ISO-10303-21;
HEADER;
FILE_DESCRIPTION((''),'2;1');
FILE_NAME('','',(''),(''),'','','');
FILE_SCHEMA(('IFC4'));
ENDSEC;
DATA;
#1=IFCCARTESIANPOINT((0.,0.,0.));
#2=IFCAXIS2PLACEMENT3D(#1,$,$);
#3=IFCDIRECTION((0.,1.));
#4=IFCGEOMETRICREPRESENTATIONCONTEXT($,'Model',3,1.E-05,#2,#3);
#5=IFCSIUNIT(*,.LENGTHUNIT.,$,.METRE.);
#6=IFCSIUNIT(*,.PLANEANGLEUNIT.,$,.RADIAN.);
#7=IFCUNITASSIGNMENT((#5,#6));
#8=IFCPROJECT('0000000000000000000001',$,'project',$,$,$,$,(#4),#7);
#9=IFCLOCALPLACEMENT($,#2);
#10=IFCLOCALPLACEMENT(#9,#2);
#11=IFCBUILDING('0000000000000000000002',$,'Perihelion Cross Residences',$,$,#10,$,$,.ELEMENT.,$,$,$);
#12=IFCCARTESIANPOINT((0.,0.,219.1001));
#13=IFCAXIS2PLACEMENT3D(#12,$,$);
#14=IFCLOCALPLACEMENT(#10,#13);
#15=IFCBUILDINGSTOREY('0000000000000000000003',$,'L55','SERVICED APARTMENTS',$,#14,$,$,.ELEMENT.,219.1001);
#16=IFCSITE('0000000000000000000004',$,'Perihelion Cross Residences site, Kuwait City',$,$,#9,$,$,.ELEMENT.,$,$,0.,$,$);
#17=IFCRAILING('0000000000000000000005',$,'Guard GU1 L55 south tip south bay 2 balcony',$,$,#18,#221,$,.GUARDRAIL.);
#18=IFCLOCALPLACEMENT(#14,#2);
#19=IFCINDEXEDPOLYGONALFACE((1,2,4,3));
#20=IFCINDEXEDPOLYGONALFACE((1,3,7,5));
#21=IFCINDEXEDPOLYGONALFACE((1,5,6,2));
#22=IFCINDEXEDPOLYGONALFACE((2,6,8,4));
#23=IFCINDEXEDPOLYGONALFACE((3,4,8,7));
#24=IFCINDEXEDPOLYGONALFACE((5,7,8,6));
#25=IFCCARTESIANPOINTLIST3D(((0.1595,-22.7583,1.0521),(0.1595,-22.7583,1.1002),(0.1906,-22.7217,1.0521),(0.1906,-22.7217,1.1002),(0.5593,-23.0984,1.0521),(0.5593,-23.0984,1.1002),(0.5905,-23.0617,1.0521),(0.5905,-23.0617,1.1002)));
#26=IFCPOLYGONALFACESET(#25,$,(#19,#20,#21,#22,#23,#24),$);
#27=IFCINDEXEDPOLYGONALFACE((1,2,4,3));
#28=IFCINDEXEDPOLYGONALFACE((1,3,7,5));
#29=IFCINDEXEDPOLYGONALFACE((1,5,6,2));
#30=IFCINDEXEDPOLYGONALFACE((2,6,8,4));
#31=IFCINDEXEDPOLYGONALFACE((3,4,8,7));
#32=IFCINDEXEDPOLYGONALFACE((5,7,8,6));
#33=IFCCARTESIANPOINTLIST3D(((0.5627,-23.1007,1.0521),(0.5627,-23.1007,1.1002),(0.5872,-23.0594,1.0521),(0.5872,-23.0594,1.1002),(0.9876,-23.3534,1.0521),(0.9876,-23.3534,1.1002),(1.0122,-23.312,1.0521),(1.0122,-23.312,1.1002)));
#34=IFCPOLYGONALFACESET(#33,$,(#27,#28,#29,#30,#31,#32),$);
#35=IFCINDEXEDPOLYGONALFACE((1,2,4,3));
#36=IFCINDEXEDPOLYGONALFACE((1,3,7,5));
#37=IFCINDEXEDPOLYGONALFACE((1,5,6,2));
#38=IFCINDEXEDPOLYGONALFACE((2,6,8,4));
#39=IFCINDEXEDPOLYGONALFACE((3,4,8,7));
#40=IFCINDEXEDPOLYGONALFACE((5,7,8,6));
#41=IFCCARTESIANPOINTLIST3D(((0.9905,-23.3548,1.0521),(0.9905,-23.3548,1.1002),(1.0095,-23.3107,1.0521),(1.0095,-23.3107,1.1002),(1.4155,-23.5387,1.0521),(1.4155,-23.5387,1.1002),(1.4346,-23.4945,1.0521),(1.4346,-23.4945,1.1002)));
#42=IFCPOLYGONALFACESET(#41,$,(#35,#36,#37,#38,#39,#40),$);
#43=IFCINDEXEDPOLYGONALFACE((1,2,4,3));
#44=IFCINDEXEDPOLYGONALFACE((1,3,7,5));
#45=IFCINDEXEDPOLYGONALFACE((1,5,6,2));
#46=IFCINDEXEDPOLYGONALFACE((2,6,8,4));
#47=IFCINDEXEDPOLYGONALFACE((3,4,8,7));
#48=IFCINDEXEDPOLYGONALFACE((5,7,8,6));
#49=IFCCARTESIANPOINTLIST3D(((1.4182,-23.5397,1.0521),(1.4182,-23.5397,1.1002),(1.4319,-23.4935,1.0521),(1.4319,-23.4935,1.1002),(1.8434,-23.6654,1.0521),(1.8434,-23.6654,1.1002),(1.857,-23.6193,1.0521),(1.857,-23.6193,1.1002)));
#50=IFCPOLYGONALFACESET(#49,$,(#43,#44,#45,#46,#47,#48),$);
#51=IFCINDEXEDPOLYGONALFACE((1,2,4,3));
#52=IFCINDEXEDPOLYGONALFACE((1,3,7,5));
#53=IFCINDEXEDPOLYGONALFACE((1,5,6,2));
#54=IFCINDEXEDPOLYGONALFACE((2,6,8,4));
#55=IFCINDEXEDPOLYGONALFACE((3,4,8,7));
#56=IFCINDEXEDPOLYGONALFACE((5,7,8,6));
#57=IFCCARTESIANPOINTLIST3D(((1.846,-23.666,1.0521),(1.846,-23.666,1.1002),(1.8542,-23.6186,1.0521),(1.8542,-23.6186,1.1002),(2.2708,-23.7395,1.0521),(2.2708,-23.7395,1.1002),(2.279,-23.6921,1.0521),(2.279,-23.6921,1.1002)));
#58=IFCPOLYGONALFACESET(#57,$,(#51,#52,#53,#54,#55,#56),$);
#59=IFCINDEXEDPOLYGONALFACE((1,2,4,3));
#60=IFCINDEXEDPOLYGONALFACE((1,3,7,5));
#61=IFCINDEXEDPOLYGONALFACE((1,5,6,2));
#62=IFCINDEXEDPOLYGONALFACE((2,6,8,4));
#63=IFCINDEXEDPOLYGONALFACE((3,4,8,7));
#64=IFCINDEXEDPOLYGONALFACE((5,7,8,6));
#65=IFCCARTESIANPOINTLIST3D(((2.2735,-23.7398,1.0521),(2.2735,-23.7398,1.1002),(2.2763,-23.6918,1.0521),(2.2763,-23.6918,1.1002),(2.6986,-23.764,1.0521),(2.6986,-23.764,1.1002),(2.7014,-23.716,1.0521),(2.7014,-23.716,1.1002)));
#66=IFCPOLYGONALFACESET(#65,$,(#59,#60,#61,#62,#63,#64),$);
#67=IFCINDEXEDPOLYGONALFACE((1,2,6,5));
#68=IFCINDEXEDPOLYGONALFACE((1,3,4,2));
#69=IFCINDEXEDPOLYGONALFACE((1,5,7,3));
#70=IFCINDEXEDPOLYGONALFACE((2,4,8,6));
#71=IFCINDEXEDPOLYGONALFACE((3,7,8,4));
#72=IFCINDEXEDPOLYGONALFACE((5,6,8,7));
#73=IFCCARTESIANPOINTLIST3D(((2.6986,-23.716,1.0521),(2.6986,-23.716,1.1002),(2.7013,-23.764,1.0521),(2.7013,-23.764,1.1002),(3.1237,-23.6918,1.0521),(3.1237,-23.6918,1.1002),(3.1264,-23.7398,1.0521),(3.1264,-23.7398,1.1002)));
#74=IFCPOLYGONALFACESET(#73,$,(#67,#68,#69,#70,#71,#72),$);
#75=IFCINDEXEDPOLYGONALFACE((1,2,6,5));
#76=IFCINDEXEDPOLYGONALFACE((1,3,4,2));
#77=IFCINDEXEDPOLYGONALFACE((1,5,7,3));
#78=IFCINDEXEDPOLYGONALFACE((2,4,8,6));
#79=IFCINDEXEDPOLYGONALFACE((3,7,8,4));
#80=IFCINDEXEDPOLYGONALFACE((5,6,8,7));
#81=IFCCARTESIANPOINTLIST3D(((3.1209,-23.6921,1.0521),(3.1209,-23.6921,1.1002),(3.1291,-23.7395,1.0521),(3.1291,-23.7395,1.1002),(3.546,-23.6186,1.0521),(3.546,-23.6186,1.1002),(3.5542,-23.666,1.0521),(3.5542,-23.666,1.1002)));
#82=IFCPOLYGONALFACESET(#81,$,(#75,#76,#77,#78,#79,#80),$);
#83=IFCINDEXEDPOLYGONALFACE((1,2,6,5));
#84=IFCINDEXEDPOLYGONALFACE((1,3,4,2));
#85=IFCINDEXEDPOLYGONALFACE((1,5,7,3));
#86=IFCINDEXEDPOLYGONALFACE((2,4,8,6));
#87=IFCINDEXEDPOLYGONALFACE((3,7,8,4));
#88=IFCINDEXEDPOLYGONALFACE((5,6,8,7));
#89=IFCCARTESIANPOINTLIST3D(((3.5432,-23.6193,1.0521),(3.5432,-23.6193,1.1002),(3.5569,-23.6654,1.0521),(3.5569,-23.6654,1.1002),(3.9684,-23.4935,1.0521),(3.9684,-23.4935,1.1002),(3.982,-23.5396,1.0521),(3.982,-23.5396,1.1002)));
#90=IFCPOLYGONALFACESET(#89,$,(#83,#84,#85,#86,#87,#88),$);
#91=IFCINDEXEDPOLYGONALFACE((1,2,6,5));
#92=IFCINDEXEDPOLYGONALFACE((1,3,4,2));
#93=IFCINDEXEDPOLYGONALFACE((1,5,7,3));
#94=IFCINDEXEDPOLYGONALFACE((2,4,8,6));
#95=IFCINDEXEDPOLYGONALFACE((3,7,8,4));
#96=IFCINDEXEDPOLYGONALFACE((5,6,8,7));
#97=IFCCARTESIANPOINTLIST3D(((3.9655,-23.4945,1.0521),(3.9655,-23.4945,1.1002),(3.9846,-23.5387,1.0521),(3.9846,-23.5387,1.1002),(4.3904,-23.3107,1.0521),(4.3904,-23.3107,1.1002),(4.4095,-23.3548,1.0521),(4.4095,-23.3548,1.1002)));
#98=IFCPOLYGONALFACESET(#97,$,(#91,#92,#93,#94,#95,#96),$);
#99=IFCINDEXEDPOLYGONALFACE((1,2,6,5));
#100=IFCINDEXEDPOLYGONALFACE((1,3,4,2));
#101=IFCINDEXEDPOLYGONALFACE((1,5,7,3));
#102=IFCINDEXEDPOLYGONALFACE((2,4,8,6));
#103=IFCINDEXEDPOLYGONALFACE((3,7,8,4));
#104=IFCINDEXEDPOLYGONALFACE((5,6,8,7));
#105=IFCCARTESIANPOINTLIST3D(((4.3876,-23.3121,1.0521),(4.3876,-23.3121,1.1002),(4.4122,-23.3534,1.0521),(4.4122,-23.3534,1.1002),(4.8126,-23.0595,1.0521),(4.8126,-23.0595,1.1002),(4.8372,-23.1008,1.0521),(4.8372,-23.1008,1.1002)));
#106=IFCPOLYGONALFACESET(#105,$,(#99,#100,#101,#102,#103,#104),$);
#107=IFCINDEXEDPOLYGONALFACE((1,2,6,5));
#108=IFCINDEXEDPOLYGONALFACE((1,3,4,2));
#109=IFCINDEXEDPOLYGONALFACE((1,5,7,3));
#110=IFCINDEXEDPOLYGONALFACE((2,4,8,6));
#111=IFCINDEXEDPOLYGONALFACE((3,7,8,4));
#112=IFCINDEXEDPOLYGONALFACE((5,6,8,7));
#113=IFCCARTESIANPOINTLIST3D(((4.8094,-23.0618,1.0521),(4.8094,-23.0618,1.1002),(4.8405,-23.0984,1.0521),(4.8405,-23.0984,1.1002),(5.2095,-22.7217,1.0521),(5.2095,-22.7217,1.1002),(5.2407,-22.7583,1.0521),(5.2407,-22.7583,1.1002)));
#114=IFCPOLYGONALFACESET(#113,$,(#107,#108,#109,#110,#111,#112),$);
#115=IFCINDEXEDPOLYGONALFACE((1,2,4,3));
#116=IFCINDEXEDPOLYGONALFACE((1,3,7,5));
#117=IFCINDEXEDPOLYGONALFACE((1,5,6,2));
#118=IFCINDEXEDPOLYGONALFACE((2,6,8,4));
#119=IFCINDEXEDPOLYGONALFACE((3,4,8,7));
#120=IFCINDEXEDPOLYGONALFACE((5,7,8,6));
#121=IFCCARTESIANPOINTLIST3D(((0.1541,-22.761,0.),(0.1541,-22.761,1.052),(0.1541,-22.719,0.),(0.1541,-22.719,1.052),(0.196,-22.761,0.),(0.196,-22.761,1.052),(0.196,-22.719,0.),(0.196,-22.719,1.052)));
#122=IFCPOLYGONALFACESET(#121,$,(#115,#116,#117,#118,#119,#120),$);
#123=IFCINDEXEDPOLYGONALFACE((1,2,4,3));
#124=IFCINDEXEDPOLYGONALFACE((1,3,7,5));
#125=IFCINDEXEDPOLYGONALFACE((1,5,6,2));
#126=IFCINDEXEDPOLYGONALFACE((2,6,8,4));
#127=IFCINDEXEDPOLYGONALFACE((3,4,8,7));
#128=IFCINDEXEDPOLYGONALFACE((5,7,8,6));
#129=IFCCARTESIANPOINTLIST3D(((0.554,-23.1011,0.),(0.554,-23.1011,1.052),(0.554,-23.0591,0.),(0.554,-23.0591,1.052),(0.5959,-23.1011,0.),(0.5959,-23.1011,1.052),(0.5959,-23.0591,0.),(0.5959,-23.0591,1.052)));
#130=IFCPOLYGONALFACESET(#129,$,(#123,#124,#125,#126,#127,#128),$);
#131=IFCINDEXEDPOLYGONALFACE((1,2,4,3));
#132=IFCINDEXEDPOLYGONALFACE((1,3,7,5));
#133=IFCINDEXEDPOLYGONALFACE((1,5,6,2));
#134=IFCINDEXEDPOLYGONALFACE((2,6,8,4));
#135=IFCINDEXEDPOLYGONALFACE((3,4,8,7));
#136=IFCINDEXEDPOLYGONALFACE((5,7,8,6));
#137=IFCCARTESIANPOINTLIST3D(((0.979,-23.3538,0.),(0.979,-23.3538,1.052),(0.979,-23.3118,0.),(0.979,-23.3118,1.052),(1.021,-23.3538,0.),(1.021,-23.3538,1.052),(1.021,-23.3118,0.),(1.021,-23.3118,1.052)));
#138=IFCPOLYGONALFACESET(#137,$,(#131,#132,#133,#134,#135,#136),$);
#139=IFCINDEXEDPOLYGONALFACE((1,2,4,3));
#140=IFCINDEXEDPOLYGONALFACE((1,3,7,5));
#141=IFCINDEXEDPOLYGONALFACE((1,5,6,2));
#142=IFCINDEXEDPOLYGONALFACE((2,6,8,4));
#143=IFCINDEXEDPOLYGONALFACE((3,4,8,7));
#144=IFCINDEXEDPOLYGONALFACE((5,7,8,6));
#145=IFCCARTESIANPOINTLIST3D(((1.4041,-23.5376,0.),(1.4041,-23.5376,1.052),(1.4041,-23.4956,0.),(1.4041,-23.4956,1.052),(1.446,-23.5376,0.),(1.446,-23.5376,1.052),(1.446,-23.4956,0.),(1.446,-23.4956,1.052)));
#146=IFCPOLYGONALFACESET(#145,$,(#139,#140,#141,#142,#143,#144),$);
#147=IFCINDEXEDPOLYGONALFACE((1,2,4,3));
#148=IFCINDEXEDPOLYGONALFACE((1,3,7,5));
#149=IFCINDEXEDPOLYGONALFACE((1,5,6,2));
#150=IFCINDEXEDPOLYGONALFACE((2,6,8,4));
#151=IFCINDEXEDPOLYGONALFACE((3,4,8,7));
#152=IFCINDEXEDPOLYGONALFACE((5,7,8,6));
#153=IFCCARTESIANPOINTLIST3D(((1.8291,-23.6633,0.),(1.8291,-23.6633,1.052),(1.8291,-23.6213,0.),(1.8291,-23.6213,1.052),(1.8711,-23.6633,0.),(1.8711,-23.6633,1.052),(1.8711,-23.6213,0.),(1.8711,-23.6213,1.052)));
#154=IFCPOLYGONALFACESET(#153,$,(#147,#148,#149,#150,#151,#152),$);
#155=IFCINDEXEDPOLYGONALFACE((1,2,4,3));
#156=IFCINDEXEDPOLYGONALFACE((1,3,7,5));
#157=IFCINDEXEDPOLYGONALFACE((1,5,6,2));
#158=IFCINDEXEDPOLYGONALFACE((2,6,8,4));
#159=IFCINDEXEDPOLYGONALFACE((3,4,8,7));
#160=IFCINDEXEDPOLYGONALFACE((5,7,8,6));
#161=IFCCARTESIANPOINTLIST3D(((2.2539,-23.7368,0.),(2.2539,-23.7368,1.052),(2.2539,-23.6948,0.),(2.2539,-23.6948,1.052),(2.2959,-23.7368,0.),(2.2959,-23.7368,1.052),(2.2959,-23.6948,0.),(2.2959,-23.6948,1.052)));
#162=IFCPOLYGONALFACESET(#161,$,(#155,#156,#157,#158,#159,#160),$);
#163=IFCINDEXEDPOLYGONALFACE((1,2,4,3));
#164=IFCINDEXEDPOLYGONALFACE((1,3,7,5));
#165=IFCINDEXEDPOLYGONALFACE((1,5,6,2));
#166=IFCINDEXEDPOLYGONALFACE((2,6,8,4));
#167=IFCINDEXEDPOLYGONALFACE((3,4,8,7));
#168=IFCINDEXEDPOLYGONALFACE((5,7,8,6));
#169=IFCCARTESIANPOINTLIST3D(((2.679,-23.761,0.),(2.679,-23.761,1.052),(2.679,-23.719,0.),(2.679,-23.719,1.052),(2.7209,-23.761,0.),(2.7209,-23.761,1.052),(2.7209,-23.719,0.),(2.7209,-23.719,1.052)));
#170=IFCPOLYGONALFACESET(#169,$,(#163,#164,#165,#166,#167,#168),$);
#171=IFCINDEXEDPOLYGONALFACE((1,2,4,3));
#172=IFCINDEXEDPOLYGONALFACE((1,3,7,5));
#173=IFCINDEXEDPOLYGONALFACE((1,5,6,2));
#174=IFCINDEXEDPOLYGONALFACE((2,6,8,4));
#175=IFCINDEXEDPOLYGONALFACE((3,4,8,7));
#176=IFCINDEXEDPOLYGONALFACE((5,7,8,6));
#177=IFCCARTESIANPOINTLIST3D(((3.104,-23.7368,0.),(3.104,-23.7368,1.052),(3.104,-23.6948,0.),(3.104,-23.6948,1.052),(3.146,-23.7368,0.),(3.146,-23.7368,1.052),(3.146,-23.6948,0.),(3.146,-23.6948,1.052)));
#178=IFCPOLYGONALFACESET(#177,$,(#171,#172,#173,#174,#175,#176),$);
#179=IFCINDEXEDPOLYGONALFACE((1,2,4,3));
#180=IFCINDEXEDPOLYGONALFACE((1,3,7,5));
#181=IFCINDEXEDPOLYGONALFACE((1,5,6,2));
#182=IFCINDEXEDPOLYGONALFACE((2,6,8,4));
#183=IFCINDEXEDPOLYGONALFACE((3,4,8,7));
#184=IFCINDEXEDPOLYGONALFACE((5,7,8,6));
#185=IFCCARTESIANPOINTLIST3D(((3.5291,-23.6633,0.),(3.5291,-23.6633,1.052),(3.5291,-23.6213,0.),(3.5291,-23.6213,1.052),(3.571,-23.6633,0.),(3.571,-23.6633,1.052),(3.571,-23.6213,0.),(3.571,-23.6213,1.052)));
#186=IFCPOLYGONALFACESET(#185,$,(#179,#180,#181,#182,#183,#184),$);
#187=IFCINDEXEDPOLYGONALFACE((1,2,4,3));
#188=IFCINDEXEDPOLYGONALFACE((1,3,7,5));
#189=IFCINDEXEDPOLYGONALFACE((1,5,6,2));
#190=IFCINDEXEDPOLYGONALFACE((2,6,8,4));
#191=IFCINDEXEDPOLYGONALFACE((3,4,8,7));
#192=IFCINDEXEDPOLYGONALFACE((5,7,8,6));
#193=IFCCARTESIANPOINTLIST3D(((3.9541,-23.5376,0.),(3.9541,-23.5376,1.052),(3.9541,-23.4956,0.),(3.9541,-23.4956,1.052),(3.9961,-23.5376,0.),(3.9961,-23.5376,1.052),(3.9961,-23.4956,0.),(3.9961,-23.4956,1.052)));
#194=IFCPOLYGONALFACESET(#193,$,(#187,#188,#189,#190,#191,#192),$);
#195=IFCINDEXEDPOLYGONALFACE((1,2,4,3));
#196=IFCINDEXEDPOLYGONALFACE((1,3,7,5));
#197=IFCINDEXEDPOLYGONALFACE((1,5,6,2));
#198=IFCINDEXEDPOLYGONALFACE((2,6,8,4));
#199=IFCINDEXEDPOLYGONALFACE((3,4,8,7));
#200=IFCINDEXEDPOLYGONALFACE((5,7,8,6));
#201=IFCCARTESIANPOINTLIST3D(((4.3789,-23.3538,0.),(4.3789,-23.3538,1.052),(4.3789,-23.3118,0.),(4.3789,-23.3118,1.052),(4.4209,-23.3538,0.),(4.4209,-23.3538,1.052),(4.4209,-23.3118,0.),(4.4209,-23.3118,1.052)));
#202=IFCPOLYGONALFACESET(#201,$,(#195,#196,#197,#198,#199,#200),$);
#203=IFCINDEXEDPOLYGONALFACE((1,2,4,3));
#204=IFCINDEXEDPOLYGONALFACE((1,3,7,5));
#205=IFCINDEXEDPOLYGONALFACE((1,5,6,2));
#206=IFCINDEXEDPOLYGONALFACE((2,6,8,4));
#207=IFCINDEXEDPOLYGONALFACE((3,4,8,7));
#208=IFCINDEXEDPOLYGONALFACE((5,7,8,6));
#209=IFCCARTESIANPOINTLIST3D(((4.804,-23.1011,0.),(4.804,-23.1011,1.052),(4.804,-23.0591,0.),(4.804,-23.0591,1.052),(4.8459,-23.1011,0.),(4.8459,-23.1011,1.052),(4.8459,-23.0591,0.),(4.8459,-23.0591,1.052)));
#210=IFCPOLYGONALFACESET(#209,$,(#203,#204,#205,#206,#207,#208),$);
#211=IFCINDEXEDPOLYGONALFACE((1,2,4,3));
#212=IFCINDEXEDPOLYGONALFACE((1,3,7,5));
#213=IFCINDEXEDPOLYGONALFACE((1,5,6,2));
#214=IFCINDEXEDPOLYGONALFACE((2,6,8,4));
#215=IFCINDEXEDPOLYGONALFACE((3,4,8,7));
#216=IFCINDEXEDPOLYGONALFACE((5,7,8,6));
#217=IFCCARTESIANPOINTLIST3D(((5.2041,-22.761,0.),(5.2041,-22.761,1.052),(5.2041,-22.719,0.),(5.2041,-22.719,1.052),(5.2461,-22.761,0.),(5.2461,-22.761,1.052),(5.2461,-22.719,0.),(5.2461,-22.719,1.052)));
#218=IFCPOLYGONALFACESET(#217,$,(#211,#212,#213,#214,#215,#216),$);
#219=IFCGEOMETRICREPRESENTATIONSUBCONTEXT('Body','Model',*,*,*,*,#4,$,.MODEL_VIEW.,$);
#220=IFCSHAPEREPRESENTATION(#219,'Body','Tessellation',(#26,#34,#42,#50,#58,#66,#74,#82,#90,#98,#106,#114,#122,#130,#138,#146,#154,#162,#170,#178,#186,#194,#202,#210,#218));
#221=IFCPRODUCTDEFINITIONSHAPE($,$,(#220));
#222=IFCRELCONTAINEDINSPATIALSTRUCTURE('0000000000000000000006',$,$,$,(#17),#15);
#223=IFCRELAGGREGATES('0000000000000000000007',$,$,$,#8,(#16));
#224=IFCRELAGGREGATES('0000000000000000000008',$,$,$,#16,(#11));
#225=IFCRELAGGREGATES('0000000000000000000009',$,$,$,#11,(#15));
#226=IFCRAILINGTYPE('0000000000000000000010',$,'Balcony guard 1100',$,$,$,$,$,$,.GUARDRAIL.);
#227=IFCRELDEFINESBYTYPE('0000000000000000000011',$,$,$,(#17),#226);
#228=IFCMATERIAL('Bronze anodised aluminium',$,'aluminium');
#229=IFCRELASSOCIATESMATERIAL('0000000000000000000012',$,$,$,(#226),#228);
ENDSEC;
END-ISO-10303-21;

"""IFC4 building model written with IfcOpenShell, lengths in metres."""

from ifc_helpers import new_model, si_unit, direction, frame, origin, origin_2d, place, context, subcontext, project, spatial, rectangle, extrude, material, type_object, element, save


model = new_model("IFC4")

# Units and contexts
model_context = context("Model", 3, precision=1e-05, world=origin(), true_north=direction((0.0, 1.0)))
body_context = subcontext(model_context, "Body", "Model", "MODEL_VIEW")
ifc_project = project(units=[si_unit("LENGTHUNIT", "METRE"), si_unit("PLANEANGLEUNIT", "RADIAN")], contexts=[model_context])

# Site, building, storey
site_placement = place(None, origin())
site = spatial("IfcSite", under=ifc_project, at=site_placement, Name="Perihelion Cross Residences site, Kuwait City", CompositionType="ELEMENT", RefElevation=0.0)
building_placement = place(site_placement, origin())
building = spatial("IfcBuilding", under=site, at=building_placement, Name="Perihelion Cross Residences", CompositionType="ELEMENT")
storey_placement = place(building_placement, frame((0.0, 0.0, 219.1001)))
storey = spatial("IfcBuildingStorey", under=building, at=storey_placement, Name="L55", Description="SERVICED APARTMENTS", CompositionType="ELEMENT", Elevation=219.1001)

# Railing
ifc_material_1 = material(Name="Bronze anodised aluminium", Category="aluminium")
railing_type = type_object("IfcRailingType", Name="Balcony guard 1100", PredefinedType="GUARDRAIL", material=ifc_material_1)
railing_placement = place(storey_placement, frame((0.175, -22.74, 0.0)))
element("IfcRailing", 1, at=railing_placement, inside=storey, type_object=railing_type, Name="Guard GU1 L55 south tip south bay 2 balcony", PredefinedType="GUARDRAIL", context=body_context, shape_type="SweptSolid", body=[
    extrude(rectangle(XDim=0.0481, YDim=0.0481, at=origin_2d()), frame((0.0, 0.0, 1.0762), z_axis=(0.761779, -0.647837, 0.0), x_axis=(0.647837, 0.761779, 0.0)), (0.0, 0.0, 1.0), 0.5249),
    extrude(rectangle(XDim=0.0481, YDim=0.0481, at=origin_2d()), frame((0.3999, -0.3401, 1.0762), z_axis=(0.859577, -0.511006, 0.0), x_axis=(0.511006, 0.859577, 0.0)), (0.0, 0.0, 1.0), 0.4944),
    extrude(rectangle(XDim=0.0481, YDim=0.0481, at=origin_2d()), frame((0.825, -0.5928, 1.0762), z_axis=(0.917831, -0.396971, 0.0), x_axis=(0.396971, 0.917831, 0.0)), (0.0, 0.0, 1.0), 0.4631),
    extrude(rectangle(XDim=0.0481, YDim=0.0481, at=origin_2d()), frame((1.25, -0.7766, 1.0762), z_axis=(0.958926, -0.283657, 0.0), x_axis=(0.283657, 0.958926, 0.0)), (0.0, 0.0, 1.0), 0.4434),
    extrude(rectangle(XDim=0.0481, YDim=0.0481, at=origin_2d()), frame((1.675, -0.9023, 1.0762), z_axis=(0.985365, -0.170457, 0.0), x_axis=(0.170457, 0.985365, 0.0)), (0.0, 0.0, 1.0), 0.4312),
    extrude(rectangle(XDim=0.0481, YDim=0.0481, at=origin_2d()), frame((2.0999, -0.9758, 1.0762), z_axis=(0.998387, -0.056772, 0.0), x_axis=(0.056772, 0.998387, 0.0)), (0.0, 0.0, 1.0), 0.4258),
    extrude(rectangle(XDim=0.0481, YDim=0.0481, at=origin_2d()), frame((2.5249, -1.0, 1.0762), z_axis=(0.998387, 0.056772, 0.0), x_axis=(-0.056772, 0.998387, 0.0)), (0.0, 0.0, 1.0), 0.4258),
    extrude(rectangle(XDim=0.0481, YDim=0.0481, at=origin_2d()), frame((2.95, -0.9758, 1.0762), z_axis=(0.985382, 0.170362, 0.0), x_axis=(-0.170362, 0.985382, 0.0)), (0.0, 0.0, 1.0), 0.4314),
    extrude(rectangle(XDim=0.0481, YDim=0.0481, at=origin_2d()), frame((3.375, -0.9023, 1.0762), z_axis=(0.958926, 0.283657, 0.0), x_axis=(-0.283657, 0.958926, 0.0)), (0.0, 0.0, 1.0), 0.4434),
    extrude(rectangle(XDim=0.0481, YDim=0.0481, at=origin_2d()), frame((3.8, -0.7766, 1.0762), z_axis=(0.917748, 0.397163, 0.0), x_axis=(-0.397163, 0.917748, 0.0)), (0.0, 0.0, 1.0), 0.4629),
    extrude(rectangle(XDim=0.0481, YDim=0.0481, at=origin_2d()), frame((4.2249, -0.5928, 1.0762), z_axis=(0.859577, 0.511006, 0.0), x_axis=(-0.511006, 0.859577, 0.0)), (0.0, 0.0, 1.0), 0.4944),
    extrude(rectangle(XDim=0.0481, YDim=0.0481, at=origin_2d()), frame((4.6499, -0.3401, 1.0762), z_axis=(0.761974, 0.647608, 0.0), x_axis=(-0.647608, 0.761974, 0.0)), (0.0, 0.0, 1.0), 0.5251),
    extrude(rectangle(XDim=0.042, YDim=0.042, at=origin_2d()), origin(), (0.0, 0.0, 1.0), 1.052),
    extrude(rectangle(XDim=0.042, YDim=0.042, at=origin_2d()), frame((0.3999, -0.3401, 0.0)), (0.0, 0.0, 1.0), 1.052),
    extrude(rectangle(XDim=0.042, YDim=0.042, at=origin_2d()), frame((0.825, -0.5928, 0.0)), (0.0, 0.0, 1.0), 1.052),
    extrude(rectangle(XDim=0.042, YDim=0.042, at=origin_2d()), frame((1.25, -0.7766, 0.0)), (0.0, 0.0, 1.0), 1.052),
    extrude(rectangle(XDim=0.042, YDim=0.042, at=origin_2d()), frame((1.675, -0.9023, 0.0)), (0.0, 0.0, 1.0), 1.052),
    extrude(rectangle(XDim=0.042, YDim=0.042, at=origin_2d()), frame((2.0999, -0.9758, 0.0)), (0.0, 0.0, 1.0), 1.052),
    extrude(rectangle(XDim=0.042, YDim=0.042, at=origin_2d()), frame((2.5249, -1.0, 0.0)), (0.0, 0.0, 1.0), 1.052),
    extrude(rectangle(XDim=0.042, YDim=0.042, at=origin_2d()), frame((2.95, -0.9758, 0.0)), (0.0, 0.0, 1.0), 1.052),
    extrude(rectangle(XDim=0.042, YDim=0.042, at=origin_2d()), frame((3.375, -0.9023, 0.0)), (0.0, 0.0, 1.0), 1.052),
    extrude(rectangle(XDim=0.042, YDim=0.042, at=origin_2d()), frame((3.8, -0.7766, 0.0)), (0.0, 0.0, 1.0), 1.052),
    extrude(rectangle(XDim=0.042, YDim=0.042, at=origin_2d()), frame((4.2249, -0.5928, 0.0)), (0.0, 0.0, 1.0), 1.052),
    extrude(rectangle(XDim=0.042, YDim=0.042, at=origin_2d()), frame((4.6499, -0.3401, 0.0)), (0.0, 0.0, 1.0), 1.052),
    extrude(rectangle(XDim=0.042, YDim=0.042, at=origin_2d()), frame((5.05, 0.0, 0.0)), (0.0, 0.0, 1.0), 1.052),
])

save(model, "model.ifc")
